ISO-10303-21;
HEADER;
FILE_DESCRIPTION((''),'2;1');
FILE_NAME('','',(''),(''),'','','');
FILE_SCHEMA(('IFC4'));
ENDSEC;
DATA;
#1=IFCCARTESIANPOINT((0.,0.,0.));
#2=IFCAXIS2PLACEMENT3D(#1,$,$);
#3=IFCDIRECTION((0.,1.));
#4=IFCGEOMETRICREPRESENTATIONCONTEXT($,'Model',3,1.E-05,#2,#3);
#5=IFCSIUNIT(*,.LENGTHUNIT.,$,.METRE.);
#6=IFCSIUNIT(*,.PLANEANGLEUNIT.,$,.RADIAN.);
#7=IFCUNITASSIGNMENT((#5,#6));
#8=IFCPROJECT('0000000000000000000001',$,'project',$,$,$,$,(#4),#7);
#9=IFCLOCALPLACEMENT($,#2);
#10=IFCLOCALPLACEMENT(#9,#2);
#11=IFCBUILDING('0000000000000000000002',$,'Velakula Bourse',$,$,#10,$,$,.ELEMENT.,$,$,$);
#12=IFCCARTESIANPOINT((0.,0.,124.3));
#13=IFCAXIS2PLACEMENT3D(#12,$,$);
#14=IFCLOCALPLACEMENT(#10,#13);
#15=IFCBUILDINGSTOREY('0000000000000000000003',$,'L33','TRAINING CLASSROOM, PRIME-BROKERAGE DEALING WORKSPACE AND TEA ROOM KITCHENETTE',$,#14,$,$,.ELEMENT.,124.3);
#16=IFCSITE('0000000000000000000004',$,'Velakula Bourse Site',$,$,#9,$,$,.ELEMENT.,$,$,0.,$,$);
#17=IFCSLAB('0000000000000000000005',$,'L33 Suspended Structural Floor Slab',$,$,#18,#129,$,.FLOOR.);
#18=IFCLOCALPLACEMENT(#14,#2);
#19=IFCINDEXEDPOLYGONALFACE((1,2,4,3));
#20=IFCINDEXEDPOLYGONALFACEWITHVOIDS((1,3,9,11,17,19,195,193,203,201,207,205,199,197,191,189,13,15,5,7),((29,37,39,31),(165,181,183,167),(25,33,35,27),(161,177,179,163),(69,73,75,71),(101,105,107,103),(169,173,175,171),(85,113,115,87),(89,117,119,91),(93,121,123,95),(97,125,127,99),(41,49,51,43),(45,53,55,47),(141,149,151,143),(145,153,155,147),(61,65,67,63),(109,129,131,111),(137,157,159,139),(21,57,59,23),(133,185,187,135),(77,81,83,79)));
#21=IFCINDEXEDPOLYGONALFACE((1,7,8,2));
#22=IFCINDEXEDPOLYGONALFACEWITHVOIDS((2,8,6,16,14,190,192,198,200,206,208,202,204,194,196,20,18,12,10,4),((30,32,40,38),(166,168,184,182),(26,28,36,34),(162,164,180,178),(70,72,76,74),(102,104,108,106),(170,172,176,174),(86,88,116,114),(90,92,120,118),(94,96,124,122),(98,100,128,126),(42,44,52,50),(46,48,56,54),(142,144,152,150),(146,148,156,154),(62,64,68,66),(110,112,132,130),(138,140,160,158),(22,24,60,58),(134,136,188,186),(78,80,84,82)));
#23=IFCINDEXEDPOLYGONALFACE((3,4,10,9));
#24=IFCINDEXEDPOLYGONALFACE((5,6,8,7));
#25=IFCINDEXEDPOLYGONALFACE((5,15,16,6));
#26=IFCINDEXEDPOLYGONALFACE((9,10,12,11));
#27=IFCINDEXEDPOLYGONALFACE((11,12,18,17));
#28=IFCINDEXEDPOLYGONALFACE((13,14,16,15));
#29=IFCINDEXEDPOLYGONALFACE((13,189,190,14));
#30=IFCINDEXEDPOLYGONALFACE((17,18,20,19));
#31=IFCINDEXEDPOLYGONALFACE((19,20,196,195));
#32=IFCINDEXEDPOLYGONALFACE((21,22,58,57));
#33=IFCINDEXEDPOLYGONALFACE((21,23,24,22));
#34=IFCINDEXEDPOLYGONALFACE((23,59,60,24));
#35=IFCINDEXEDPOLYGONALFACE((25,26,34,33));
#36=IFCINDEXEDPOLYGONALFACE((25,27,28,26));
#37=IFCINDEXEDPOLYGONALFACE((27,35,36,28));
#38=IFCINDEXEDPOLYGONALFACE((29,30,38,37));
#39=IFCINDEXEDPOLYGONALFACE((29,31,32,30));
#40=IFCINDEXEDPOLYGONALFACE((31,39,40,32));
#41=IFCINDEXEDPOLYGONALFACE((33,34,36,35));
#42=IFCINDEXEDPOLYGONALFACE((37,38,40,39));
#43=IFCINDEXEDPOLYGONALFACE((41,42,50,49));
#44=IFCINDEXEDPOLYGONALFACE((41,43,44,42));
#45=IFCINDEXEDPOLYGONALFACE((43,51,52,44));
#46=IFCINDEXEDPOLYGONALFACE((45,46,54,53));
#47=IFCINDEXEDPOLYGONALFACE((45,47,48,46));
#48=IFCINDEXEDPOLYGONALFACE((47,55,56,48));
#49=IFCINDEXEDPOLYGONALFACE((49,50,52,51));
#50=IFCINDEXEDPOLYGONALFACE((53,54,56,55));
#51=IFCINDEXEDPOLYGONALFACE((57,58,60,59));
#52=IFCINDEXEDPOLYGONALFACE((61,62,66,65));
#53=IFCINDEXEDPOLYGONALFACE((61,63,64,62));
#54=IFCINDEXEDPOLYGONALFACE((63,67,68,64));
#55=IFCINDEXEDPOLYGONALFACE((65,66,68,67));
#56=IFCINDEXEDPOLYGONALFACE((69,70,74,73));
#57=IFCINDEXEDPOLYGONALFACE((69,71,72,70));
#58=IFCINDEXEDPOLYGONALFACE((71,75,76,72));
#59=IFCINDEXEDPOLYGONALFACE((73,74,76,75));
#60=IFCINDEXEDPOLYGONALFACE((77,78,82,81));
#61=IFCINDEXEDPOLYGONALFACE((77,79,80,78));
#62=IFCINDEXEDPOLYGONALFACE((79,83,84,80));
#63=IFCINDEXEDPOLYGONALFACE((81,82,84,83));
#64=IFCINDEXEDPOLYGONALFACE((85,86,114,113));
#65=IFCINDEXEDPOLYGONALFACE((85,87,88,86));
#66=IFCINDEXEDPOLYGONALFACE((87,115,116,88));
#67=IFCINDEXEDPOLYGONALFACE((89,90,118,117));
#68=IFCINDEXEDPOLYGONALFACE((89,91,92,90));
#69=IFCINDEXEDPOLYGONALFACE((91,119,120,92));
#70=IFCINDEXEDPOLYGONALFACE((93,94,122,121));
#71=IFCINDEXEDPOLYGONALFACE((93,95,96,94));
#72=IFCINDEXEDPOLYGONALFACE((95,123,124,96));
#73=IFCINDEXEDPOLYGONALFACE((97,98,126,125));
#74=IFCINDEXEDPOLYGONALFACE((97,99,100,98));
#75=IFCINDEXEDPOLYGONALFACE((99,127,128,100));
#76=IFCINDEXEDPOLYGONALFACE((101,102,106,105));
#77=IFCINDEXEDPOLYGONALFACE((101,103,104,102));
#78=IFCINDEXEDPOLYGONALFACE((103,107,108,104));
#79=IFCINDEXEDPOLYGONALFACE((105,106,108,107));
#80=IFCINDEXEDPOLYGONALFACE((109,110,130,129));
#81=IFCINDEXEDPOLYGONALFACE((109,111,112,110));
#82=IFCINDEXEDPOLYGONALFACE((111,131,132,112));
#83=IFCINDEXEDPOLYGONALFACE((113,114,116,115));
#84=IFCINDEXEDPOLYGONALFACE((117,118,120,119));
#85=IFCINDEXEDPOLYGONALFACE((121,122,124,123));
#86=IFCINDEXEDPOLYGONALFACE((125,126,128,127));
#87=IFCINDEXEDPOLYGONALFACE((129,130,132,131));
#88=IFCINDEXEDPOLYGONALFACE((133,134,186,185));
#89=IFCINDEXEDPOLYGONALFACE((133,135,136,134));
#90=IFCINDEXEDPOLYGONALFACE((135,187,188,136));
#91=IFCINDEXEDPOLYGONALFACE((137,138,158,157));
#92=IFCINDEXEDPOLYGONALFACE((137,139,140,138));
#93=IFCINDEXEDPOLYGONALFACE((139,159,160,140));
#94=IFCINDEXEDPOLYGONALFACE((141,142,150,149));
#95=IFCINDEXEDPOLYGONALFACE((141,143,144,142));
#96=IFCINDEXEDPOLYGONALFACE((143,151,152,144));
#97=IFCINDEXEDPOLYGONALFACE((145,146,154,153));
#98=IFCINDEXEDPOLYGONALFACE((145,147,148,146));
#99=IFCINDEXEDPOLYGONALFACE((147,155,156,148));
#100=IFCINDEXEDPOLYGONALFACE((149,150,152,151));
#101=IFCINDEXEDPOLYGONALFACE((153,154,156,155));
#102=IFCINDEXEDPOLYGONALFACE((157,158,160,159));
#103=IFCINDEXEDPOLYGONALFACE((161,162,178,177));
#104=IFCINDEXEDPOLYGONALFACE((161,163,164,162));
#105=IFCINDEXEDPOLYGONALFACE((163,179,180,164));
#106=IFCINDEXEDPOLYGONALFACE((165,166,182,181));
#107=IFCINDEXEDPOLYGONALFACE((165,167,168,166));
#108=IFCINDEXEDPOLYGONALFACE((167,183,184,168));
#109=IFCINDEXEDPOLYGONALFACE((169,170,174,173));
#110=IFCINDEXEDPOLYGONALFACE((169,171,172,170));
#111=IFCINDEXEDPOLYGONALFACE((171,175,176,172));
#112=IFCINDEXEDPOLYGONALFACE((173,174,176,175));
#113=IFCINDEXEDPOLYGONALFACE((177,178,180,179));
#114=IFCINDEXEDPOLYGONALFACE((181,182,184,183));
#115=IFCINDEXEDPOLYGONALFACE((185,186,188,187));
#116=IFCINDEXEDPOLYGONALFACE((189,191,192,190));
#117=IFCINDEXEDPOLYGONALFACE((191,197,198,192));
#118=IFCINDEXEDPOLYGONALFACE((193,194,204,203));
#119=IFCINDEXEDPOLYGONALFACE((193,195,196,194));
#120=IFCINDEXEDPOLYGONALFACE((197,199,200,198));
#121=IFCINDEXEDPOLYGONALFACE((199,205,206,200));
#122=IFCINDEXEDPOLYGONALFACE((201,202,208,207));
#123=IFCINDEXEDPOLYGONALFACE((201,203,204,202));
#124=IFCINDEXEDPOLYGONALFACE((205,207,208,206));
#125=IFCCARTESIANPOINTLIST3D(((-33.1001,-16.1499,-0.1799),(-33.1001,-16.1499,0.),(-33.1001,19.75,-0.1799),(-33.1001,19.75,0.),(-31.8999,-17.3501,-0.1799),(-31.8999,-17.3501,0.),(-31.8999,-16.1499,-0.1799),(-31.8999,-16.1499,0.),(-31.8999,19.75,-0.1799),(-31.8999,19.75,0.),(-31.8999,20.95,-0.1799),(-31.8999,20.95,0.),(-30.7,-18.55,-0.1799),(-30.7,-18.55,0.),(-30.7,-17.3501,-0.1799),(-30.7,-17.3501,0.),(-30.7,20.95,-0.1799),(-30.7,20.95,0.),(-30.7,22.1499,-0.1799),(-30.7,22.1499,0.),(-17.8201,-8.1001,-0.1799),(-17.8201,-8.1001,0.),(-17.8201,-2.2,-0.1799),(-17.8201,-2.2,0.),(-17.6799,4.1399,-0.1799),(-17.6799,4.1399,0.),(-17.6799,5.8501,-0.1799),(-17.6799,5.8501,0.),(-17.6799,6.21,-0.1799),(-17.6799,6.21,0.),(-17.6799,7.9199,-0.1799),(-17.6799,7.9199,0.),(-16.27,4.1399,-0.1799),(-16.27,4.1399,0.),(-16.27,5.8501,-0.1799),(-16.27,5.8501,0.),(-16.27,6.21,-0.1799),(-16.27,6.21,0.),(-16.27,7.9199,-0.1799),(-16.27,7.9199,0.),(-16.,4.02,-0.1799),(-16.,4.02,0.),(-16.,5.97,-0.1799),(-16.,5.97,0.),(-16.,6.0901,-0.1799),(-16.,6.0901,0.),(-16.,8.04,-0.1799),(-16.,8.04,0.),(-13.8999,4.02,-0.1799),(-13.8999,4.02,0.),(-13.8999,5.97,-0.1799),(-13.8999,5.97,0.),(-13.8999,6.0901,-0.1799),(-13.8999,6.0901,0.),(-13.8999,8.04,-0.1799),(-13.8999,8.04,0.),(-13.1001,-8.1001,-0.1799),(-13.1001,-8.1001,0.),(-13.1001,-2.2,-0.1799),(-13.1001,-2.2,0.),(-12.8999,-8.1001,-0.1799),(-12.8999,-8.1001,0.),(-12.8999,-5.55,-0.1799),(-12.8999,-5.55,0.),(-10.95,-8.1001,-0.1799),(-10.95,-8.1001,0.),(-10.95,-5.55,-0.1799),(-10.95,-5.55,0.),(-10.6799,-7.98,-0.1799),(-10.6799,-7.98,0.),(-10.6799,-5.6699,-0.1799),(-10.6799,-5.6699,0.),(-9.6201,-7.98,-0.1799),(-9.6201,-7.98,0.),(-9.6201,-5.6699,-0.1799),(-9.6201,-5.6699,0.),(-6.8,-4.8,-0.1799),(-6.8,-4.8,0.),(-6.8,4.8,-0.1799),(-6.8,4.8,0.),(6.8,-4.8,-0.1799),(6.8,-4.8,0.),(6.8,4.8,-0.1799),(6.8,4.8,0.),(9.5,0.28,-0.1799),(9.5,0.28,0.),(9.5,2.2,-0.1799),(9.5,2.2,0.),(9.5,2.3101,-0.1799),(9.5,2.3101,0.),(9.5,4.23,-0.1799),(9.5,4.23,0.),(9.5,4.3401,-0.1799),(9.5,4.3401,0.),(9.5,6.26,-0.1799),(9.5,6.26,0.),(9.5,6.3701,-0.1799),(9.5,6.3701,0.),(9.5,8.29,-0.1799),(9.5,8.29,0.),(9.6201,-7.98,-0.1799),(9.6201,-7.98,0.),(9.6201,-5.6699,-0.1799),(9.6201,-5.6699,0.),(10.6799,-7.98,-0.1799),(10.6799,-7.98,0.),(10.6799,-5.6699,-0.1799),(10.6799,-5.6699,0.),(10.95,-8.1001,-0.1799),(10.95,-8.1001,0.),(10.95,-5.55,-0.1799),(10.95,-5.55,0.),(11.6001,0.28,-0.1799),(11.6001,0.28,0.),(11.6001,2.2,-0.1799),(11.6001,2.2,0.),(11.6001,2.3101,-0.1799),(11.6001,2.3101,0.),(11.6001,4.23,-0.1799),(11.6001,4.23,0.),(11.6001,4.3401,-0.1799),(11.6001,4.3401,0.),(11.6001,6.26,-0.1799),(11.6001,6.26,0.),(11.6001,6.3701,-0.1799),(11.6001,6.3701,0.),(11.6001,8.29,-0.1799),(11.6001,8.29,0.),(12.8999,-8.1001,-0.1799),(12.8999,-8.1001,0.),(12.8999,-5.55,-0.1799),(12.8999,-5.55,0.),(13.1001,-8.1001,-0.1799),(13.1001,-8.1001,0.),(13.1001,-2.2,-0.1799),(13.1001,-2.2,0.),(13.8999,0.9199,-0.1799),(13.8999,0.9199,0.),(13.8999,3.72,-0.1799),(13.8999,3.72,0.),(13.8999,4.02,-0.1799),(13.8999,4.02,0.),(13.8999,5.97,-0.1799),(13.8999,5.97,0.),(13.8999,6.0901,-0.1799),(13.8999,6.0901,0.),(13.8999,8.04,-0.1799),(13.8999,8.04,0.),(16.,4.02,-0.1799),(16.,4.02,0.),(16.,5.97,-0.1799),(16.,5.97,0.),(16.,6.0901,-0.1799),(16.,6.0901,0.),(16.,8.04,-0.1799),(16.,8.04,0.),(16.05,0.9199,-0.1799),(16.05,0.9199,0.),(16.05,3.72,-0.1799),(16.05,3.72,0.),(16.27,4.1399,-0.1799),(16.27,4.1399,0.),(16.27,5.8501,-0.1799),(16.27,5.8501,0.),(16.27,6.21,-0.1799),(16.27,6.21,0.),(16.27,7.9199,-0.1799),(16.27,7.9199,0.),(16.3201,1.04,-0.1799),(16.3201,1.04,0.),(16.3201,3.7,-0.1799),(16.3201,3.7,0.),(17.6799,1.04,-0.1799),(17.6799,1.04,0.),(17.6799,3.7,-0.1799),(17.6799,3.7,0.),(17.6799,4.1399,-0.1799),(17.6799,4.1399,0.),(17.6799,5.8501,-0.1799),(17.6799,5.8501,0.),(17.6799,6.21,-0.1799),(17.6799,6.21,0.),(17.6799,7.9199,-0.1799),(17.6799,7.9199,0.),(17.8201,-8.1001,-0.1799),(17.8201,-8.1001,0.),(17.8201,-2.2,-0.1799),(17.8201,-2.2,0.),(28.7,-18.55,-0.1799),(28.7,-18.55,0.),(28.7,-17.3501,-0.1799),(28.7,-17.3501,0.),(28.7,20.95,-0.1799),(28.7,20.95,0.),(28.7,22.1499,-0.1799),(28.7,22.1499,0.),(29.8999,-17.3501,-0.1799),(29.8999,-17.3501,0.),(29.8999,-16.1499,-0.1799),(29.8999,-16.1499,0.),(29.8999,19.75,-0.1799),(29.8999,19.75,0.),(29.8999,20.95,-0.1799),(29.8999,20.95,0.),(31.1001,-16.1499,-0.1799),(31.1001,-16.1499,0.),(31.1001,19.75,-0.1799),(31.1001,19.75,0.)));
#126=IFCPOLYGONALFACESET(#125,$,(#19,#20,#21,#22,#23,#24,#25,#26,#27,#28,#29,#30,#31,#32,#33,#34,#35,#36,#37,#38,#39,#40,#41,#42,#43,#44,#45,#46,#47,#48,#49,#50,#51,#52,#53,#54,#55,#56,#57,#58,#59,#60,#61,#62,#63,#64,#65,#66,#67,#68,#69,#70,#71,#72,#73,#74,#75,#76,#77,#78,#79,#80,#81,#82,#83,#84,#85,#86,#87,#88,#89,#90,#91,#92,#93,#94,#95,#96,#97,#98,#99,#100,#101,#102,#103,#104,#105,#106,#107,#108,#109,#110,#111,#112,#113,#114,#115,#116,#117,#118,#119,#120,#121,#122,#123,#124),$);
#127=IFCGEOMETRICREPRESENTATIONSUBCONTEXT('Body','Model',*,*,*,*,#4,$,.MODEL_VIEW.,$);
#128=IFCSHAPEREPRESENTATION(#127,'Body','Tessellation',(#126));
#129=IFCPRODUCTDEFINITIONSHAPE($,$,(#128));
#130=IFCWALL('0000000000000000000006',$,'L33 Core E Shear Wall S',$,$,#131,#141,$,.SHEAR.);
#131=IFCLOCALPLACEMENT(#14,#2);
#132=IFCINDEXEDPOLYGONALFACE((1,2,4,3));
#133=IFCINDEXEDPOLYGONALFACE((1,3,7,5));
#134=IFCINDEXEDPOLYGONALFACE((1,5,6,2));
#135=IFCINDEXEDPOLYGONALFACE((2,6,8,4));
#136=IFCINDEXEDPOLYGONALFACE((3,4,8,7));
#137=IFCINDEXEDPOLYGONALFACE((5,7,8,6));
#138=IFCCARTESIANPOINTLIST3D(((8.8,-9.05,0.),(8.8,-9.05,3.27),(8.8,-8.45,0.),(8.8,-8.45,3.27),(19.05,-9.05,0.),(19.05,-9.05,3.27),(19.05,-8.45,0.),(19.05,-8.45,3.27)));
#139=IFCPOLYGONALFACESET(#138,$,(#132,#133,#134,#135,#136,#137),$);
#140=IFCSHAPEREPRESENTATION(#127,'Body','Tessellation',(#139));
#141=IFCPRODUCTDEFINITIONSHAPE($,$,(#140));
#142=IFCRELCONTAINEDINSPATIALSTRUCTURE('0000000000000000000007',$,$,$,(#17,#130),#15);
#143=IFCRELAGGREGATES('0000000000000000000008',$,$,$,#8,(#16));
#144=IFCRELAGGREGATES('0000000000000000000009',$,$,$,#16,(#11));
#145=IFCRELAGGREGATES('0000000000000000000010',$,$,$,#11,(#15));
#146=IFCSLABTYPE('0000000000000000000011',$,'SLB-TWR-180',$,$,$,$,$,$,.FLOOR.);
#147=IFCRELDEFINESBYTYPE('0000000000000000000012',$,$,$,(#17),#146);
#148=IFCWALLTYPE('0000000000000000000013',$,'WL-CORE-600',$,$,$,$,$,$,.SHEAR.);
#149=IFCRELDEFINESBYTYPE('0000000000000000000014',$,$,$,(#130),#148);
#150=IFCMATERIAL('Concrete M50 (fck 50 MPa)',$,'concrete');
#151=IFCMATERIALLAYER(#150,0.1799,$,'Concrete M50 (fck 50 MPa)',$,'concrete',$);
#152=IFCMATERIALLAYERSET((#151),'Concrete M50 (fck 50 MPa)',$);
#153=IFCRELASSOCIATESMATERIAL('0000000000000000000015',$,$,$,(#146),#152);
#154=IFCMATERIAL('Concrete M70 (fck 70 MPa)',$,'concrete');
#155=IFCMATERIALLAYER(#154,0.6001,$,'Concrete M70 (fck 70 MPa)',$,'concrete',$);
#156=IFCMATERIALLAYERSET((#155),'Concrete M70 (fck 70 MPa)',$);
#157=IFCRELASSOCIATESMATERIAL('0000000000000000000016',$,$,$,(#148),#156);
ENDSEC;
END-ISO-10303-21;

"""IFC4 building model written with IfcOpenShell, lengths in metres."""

from ifc_helpers import new_model, si_unit, direction, frame, frame_2d, origin, place, context, subcontext, project, spatial, polyline, rectangle, outline, extrude, material, layer, layer_set, type_object, element, save


model = new_model("IFC4")

# Units and contexts
model_context = context("Model", 3, precision=1e-05, world=origin(), true_north=direction((0.0, 1.0)))
body_context = subcontext(model_context, "Body", "Model", "MODEL_VIEW")
ifc_project = project(units=[si_unit("LENGTHUNIT", "METRE"), si_unit("PLANEANGLEUNIT", "RADIAN")], contexts=[model_context])

# Site, building, storey
site_placement = place(None, origin())
site = spatial("IfcSite", under=ifc_project, at=site_placement, Name="Velakula Bourse Site", CompositionType="ELEMENT", RefElevation=0.0)
building_placement = place(site_placement, origin())
building = spatial("IfcBuilding", under=site, at=building_placement, Name="Velakula Bourse", CompositionType="ELEMENT")
storey_placement = place(building_placement, frame((0.0, 0.0, 124.3)))
storey = spatial("IfcBuildingStorey", under=building, at=storey_placement, Name="L33", Description="TRAINING CLASSROOM, PRIME-BROKERAGE DEALING WORKSPACE AND TEA ROOM KITCHENETTE", CompositionType="ELEMENT", Elevation=124.3)

# Shared definitions
ifc_material_1 = material(Name="Concrete M70 (fck 70 MPa)", Category="concrete")

# Slab
ifc_material_2 = material(Name="Concrete M50 (fck 50 MPa)", Category="concrete")
ifc_layer_1 = layer(ifc_material_2, 0.1799, Name="Concrete M50 (fck 50 MPa)", Category="concrete")
ifc_layer_set_1 = layer_set([ifc_layer_1], Name="Concrete M50 (fck 50 MPa)")
slab_type = type_object("IfcSlabType", Name="SLB-TWR-180", PredefinedType="FLOOR", material=ifc_layer_set_1)
slab_placement = place(storey_placement, frame((0.0, 0.0, -0.1799)))
element("IfcSlab", 1, at=slab_placement, inside=storey, type_object=slab_type, Name="L33 Suspended Structural Floor Slab", PredefinedType="FLOOR", context=body_context, shape_type="SweptSolid", body=[
    extrude(outline(polyline([(-30.7, -18.55), (28.7, -18.55), (28.7, -17.3501), (29.8999, -17.3501), (29.8999, -16.1499), (31.1001, -16.1499), (31.1001, 19.75), (29.8999, 19.75), (29.8999, 20.95), (28.7, 20.95), (28.7, 22.1499), (-30.7, 22.1499), (-30.7, 20.95), (-31.8999, 20.95), (-31.8999, 19.75), (-33.1001, 19.75), (-33.1001, -16.1499), (-31.8999, -16.1499), (-31.8999, -17.3501), (-30.7, -17.3501), (-30.7, -18.55)]), holes=[polyline([(-17.8201, -8.1001), (-13.1001, -8.1001), (-13.1001, -2.2), (-17.8201, -2.2), (-17.8201, -8.1001)]), polyline([(13.1001, -8.1001), (17.8201, -8.1001), (17.8201, -2.2), (13.1001, -2.2), (13.1001, -8.1001)]), polyline([(-12.8999, -8.1001), (-10.95, -8.1001), (-10.95, -5.55), (-12.8999, -5.55), (-12.8999, -8.1001)]), polyline([(10.95, -8.1001), (12.8999, -8.1001), (12.8999, -5.55), (10.95, -5.55), (10.95, -8.1001)]), polyline([(13.8999, 0.9199), (16.05, 0.9199), (16.05, 3.72), (13.8999, 3.72), (13.8999, 0.9199)]), polyline([(-10.6799, -7.98), (-9.6201, -7.98), (-9.6201, -5.6699), (-10.6799, -5.6699), (-10.6799, -7.98)]), polyline([(-17.6799, 4.1399), (-16.27, 4.1399), (-16.27, 5.8501), (-17.6799, 5.8501), (-17.6799, 4.1399)]), polyline([(-17.6799, 6.21), (-16.27, 6.21), (-16.27, 7.9199), (-17.6799, 7.9199), (-17.6799, 6.21)]), polyline([(9.6201, -7.98), (10.6799, -7.98), (10.6799, -5.6699), (9.6201, -5.6699), (9.6201, -7.98)]), polyline([(16.27, 4.1399), (17.6799, 4.1399), (17.6799, 5.8501), (16.27, 5.8501), (16.27, 4.1399)]), polyline([(16.27, 6.21), (17.6799, 6.21), (17.6799, 7.9199), (16.27, 7.9199), (16.27, 6.21)]), polyline([(16.3201, 1.04), (17.6799, 1.04), (17.6799, 3.7), (16.3201, 3.7), (16.3201, 1.04)]), polyline([(9.5, 0.28), (11.6001, 0.28), (11.6001, 2.2), (9.5, 2.2), (9.5, 0.28)]), polyline([(9.5, 2.3101), (11.6001, 2.3101), (11.6001, 4.23), (9.5, 4.23), (9.5, 2.3101)]), polyline([(9.5, 4.3401), (11.6001, 4.3401), (11.6001, 6.26), (9.5, 6.26), (9.5, 4.3401)]), polyline([(9.5, 6.3701), (11.6001, 6.3701), (11.6001, 8.29), (9.5, 8.29), (9.5, 6.3701)]), polyline([(-16.0, 4.02), (-13.8999, 4.02), (-13.8999, 5.97), (-16.0, 5.97), (-16.0, 4.02)]), polyline([(-16.0, 6.0901), (-13.8999, 6.0901), (-13.8999, 8.04), (-16.0, 8.04), (-16.0, 6.0901)]), polyline([(13.8999, 4.02), (16.0, 4.02), (16.0, 5.97), (13.8999, 5.97), (13.8999, 4.02)]), polyline([(13.8999, 6.0901), (16.0, 6.0901), (16.0, 8.04), (13.8999, 8.04), (13.8999, 6.0901)]), polyline([(-6.8, -4.8), (6.8, -4.8), (6.8, 4.8), (-6.8, 4.8), (-6.8, -4.8)])]), origin(), (0.0, 0.0, 1.0), 0.1799),
])

# Wall
ifc_layer_2 = layer(ifc_material_1, 0.6001, Name="Concrete M70 (fck 70 MPa)", Category="concrete")
ifc_layer_set_2 = layer_set([ifc_layer_2], Name="Concrete M70 (fck 70 MPa)")
wall_type_1 = type_object("IfcWallType", Name="WL-CORE-600", PredefinedType="SHEAR", material=ifc_layer_set_2)
wall_1_placement = place(storey_placement, frame((8.8, -8.75, 0.0), z_axis=(0.0, 0.0, 1.0), x_axis=(1.0, 0.0, 0.0)))
element("IfcWall", 2, at=wall_1_placement, inside=storey, type_object=wall_type_1, Name="L33 Core E Shear Wall S", PredefinedType="SHEAR", context=body_context, shape_type="SweptSolid", body=[
    extrude(rectangle(XDim=10.25, YDim=0.6001, at=frame_2d((5.125, 0.0))), origin(), (0.0, 0.0, 1.0), 3.27),
])

save(model, "model.ifc")
